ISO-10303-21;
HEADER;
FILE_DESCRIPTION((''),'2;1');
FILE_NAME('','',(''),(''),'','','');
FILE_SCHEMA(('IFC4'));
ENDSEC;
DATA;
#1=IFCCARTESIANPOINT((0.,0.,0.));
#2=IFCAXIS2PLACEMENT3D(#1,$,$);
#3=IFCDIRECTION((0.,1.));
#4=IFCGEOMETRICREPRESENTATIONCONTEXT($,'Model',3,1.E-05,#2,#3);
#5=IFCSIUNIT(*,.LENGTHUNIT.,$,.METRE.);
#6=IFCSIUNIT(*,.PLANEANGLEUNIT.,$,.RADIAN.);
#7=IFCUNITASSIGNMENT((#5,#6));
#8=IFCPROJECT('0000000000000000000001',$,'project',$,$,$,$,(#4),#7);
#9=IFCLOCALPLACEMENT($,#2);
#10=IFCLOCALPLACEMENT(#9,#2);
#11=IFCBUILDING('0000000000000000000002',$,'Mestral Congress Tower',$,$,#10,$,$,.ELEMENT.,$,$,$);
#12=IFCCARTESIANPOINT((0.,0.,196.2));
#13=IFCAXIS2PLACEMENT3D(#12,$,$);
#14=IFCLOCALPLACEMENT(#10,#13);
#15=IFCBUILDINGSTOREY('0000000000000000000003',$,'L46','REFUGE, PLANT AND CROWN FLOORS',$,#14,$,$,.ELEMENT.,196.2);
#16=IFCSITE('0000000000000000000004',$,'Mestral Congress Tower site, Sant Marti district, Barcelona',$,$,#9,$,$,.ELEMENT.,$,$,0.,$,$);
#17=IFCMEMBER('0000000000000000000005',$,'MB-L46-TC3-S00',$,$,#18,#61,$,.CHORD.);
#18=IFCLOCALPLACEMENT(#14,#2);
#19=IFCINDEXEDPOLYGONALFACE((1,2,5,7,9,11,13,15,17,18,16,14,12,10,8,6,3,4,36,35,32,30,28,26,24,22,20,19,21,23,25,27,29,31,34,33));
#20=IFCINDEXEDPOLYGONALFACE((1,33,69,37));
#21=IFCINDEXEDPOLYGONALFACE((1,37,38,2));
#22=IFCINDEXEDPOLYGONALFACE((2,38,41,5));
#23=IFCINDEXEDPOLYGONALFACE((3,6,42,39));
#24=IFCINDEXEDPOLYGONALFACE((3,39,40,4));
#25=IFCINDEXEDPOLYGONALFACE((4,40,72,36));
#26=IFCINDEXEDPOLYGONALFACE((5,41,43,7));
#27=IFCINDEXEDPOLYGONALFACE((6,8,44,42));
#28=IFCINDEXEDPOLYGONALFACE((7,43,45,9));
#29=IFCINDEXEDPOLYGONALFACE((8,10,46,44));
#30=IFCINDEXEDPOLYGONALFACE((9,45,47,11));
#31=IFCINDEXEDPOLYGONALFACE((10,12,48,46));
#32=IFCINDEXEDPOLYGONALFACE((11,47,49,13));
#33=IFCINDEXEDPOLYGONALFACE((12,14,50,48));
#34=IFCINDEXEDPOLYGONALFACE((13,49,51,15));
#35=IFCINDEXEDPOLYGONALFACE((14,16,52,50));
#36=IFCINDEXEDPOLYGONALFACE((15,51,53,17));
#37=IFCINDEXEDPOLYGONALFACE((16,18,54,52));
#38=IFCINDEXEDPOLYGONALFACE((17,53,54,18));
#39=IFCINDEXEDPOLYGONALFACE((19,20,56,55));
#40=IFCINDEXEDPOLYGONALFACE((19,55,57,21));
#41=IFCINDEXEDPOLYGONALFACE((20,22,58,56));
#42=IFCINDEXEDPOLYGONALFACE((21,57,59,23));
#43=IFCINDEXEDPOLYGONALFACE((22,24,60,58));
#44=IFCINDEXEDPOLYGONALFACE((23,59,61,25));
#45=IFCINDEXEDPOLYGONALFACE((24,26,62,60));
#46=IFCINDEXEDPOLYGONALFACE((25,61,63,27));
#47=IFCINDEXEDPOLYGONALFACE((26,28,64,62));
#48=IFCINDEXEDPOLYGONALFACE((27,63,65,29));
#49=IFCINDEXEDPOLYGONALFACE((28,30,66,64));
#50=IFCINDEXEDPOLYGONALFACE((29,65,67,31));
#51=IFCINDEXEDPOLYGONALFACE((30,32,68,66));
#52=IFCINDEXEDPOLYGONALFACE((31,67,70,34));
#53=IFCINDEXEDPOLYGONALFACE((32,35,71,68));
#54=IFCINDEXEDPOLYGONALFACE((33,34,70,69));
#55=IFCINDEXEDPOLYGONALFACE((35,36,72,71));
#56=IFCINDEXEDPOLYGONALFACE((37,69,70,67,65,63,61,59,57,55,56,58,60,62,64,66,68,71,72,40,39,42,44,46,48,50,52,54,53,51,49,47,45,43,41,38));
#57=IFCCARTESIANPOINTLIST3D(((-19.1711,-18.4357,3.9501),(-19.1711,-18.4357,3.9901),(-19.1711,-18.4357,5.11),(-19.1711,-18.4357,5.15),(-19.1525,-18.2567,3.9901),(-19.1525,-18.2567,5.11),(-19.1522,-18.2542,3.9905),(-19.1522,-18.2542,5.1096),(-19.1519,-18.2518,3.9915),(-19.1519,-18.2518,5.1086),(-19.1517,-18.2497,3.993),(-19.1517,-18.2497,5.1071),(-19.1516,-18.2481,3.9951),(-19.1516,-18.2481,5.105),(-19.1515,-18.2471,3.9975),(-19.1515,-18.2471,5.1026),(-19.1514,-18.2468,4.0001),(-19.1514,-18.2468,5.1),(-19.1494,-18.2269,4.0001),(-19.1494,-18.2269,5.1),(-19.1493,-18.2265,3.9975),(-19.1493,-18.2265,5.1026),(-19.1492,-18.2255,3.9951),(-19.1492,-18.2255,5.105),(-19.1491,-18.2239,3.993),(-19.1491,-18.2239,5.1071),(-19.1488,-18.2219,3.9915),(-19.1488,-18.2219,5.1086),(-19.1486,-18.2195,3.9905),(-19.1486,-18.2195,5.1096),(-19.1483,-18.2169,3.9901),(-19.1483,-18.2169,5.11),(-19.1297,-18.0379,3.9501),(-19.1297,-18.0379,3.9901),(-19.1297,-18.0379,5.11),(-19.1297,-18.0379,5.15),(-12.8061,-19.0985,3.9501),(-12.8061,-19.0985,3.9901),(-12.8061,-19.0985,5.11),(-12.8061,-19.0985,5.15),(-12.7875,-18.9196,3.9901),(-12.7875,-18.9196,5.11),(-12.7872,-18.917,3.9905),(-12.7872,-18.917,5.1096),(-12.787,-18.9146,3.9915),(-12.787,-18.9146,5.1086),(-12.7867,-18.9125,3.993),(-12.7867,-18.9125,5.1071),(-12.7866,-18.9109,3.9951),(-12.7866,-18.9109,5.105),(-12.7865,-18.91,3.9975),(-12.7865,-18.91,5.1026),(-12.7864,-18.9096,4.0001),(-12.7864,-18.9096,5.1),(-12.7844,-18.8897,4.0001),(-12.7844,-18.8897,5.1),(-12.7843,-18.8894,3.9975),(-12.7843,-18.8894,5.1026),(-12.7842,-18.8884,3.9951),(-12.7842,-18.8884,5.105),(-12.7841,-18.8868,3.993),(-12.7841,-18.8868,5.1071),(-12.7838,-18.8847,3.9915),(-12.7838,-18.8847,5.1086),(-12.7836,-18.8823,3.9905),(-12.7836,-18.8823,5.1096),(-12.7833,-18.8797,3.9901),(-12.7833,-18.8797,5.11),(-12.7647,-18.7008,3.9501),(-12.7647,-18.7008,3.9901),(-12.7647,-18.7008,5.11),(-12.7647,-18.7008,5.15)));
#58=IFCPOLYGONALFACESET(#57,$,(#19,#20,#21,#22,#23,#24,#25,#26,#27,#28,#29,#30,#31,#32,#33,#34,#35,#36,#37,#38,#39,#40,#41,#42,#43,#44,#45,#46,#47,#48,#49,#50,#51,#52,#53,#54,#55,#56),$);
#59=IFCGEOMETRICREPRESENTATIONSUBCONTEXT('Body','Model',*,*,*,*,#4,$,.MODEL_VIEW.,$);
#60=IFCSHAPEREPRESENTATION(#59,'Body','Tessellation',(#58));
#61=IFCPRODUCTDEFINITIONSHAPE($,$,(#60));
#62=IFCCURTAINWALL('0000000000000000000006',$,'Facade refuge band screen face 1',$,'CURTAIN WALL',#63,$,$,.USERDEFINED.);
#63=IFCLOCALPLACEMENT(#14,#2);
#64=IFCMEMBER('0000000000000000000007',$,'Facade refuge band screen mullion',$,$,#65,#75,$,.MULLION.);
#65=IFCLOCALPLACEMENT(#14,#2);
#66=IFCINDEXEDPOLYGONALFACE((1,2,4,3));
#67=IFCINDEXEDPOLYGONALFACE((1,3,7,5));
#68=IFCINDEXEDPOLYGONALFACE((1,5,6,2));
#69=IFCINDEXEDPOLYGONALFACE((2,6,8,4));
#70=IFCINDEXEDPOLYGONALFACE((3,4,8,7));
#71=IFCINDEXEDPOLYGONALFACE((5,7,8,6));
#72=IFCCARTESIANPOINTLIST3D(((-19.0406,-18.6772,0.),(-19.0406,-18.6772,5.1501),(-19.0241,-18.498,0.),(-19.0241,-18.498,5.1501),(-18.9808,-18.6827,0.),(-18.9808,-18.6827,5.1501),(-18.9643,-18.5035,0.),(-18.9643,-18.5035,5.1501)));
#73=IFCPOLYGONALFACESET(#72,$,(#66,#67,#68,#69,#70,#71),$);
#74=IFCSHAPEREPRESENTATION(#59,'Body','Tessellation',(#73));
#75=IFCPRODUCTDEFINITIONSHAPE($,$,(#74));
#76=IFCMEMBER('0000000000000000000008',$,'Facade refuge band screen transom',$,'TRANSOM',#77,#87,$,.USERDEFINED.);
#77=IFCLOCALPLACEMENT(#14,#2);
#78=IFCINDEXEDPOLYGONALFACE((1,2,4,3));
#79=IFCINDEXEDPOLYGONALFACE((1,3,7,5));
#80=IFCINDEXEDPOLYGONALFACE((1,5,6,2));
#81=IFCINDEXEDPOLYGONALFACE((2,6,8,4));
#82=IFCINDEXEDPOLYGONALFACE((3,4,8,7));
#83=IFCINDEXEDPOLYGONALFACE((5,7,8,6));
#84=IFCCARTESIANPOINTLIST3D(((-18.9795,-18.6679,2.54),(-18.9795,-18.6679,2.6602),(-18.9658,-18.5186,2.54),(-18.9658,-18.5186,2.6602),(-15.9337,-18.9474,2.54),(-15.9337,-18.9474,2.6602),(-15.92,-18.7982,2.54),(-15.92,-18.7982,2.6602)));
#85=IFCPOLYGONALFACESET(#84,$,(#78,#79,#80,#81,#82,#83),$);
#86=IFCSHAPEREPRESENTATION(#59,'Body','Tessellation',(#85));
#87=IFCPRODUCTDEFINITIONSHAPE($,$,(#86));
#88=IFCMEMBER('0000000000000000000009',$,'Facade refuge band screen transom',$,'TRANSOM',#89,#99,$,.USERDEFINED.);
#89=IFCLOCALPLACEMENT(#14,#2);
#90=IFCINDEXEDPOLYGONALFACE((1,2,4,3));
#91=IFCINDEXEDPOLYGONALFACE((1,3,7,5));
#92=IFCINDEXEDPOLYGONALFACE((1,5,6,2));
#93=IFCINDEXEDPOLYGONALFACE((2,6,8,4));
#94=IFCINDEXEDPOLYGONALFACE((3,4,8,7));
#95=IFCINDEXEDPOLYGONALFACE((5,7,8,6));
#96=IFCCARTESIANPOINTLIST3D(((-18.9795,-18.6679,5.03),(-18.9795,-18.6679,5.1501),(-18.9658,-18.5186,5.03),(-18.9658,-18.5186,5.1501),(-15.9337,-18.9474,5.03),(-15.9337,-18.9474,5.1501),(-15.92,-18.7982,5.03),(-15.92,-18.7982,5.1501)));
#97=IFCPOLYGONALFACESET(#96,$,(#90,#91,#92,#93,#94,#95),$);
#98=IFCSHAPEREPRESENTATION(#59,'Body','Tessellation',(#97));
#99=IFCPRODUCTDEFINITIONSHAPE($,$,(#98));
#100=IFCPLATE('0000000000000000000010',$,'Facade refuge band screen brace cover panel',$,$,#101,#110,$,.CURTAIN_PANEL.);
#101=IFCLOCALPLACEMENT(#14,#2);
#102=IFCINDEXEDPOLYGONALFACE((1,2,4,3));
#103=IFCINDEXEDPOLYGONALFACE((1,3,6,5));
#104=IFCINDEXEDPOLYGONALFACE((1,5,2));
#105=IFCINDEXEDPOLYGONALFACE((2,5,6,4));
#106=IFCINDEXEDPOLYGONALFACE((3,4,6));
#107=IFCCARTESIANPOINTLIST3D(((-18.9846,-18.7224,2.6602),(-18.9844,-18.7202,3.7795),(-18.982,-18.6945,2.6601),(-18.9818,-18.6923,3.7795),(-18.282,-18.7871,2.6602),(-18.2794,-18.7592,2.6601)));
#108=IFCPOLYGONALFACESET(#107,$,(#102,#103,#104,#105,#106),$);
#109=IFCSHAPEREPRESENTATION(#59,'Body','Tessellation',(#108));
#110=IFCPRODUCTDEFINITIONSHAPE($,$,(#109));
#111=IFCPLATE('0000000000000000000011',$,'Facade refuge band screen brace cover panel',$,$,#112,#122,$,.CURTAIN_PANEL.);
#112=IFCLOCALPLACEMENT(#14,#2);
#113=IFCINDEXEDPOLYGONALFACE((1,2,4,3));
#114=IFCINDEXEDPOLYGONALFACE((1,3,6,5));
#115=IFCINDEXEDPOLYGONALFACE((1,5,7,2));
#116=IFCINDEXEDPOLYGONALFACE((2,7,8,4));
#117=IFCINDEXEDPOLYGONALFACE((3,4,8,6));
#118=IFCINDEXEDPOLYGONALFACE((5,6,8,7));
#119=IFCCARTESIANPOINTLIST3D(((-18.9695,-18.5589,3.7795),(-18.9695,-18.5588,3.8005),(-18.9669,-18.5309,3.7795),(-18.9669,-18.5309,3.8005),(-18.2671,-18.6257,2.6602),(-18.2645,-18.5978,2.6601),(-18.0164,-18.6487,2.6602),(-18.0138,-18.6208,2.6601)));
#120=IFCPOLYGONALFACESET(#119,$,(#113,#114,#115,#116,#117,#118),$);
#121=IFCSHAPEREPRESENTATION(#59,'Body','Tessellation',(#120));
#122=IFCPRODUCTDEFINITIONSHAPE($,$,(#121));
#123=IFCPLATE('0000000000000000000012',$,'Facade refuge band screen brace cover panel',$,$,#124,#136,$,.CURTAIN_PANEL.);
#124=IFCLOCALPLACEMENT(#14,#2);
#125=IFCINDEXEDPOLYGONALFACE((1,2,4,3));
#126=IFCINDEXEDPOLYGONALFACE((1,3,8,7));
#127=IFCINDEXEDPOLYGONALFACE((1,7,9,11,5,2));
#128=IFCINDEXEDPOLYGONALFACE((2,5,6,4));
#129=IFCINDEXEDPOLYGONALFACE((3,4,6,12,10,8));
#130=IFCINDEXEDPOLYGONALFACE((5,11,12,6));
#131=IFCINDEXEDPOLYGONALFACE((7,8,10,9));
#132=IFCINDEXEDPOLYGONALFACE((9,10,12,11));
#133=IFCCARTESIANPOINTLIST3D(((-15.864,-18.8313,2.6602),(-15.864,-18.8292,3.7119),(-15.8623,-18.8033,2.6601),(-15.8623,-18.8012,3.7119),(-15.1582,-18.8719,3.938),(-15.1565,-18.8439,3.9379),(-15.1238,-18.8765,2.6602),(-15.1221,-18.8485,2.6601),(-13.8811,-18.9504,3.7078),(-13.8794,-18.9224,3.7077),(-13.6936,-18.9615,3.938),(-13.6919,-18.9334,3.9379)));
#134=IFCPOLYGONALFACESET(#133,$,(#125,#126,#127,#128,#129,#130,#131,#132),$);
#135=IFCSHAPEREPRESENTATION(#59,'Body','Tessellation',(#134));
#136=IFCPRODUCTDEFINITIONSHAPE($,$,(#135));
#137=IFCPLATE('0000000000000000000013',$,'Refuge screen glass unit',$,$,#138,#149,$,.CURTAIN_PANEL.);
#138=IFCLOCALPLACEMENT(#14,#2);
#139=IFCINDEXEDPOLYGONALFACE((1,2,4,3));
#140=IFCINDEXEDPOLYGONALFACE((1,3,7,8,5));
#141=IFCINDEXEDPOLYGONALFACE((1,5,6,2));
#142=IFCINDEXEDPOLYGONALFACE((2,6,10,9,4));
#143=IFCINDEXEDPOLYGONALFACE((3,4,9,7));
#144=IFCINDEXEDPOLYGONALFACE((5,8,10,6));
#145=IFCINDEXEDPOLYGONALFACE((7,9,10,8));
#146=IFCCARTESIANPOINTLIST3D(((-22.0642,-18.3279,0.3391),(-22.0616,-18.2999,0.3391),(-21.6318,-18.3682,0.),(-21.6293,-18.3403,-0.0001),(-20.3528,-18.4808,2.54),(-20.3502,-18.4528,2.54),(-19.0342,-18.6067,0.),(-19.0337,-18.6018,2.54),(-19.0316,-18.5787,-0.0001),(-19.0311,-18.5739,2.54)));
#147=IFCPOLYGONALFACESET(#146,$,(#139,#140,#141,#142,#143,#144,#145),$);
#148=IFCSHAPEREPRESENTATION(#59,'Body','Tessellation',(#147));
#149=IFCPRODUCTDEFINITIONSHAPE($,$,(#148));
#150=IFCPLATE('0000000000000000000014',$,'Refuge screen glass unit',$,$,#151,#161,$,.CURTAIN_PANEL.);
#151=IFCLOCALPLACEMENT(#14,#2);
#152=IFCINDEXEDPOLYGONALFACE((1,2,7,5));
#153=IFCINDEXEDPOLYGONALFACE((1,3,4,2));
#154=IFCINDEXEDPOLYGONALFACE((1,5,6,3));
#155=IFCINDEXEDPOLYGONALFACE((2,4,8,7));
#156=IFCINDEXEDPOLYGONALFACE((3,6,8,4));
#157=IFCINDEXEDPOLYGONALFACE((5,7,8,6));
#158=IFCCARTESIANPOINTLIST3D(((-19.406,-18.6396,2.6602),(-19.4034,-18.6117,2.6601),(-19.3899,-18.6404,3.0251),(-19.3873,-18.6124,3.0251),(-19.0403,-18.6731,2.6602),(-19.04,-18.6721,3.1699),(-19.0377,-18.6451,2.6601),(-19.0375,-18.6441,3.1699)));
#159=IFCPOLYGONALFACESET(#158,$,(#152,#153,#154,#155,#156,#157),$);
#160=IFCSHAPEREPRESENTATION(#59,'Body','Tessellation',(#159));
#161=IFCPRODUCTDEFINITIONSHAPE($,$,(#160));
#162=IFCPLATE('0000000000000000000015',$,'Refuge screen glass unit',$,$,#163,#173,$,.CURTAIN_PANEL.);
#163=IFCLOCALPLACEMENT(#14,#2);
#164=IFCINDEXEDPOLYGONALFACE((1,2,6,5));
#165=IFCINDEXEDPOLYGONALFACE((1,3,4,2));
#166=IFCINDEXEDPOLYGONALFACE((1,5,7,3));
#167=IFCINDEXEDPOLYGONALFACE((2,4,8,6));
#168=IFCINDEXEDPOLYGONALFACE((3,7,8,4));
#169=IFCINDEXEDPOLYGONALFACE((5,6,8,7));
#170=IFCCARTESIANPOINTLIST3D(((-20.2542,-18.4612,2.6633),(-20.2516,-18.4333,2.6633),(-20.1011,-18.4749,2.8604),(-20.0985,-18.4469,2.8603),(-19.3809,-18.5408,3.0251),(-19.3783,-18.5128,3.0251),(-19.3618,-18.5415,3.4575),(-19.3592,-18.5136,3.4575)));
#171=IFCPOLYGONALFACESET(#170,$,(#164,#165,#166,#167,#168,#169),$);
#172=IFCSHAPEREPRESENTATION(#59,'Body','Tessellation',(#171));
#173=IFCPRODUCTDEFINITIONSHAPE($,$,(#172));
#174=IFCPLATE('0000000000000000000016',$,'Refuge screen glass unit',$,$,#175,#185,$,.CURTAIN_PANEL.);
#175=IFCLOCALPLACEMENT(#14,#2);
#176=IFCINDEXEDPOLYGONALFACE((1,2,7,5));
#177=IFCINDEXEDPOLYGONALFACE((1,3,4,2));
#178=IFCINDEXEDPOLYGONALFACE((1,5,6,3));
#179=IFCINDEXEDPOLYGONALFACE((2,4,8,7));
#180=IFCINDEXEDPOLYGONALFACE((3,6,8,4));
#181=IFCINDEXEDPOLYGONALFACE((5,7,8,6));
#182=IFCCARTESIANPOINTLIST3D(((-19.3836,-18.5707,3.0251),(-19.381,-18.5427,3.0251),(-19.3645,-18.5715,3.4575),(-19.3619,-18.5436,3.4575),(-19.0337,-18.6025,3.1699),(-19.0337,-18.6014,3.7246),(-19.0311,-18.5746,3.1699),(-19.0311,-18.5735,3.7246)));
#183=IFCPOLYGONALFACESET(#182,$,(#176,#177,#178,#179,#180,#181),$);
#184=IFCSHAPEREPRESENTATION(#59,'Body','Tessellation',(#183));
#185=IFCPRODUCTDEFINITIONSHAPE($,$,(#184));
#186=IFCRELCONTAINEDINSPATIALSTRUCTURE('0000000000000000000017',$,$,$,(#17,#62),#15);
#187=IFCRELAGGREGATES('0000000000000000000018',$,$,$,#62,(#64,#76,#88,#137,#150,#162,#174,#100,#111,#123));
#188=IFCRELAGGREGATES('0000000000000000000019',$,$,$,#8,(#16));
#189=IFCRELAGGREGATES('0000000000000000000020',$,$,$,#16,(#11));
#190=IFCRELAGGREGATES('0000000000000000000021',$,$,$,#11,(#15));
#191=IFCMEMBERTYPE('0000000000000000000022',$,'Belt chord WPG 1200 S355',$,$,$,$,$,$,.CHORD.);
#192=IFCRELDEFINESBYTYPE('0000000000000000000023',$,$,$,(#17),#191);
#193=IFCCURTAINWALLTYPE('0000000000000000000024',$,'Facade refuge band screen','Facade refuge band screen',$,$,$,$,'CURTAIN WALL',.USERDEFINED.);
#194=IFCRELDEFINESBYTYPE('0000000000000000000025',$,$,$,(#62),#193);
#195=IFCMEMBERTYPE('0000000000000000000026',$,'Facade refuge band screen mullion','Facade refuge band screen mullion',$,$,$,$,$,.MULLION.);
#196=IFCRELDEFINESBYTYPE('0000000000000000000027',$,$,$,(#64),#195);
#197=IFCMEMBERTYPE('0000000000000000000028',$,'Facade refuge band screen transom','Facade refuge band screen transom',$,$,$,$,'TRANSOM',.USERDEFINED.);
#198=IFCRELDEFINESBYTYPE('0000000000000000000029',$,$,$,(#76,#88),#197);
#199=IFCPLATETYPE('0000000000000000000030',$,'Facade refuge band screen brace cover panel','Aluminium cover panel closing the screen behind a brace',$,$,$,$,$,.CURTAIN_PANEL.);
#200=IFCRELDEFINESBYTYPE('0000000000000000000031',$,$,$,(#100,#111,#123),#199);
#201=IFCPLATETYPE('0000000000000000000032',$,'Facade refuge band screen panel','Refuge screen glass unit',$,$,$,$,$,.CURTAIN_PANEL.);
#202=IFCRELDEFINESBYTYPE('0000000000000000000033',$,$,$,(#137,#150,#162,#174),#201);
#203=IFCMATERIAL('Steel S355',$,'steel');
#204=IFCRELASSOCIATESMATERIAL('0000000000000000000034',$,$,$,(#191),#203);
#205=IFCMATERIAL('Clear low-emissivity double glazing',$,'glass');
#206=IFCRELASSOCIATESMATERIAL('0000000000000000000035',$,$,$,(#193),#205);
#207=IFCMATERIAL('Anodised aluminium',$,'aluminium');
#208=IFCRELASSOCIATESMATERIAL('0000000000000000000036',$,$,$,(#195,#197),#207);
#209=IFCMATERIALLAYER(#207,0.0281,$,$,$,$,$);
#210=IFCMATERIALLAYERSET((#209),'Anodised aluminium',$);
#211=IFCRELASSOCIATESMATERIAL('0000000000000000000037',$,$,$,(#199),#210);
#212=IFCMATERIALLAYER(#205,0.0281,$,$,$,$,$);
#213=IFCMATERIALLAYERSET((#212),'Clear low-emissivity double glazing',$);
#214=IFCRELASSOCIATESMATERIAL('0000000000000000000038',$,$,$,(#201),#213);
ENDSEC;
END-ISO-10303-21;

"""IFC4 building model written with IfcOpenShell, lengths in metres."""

from ifc_helpers import new_model, si_unit, direction, frame, origin, origin_2d, place, context, subcontext, project, spatial, polyline, rectangle, i_section, outline, extrude, material, layer, layer_set, material_profile, profile_set, type_object, element, aggregate, save


model = new_model("IFC4")

# Units and contexts
model_context = context("Model", 3, precision=1e-05, world=origin(), true_north=direction((0.0, 1.0)))
body_context = subcontext(model_context, "Body", "Model", "MODEL_VIEW")
ifc_project = project(units=[si_unit("LENGTHUNIT", "METRE"), si_unit("PLANEANGLEUNIT", "RADIAN")], contexts=[model_context])

# Site, building, storey
site_placement = place(None, origin())
site = spatial("IfcSite", under=ifc_project, at=site_placement, Name="Mestral Congress Tower site, Sant Marti district, Barcelona", CompositionType="ELEMENT", RefElevation=0.0)
building_placement = place(site_placement, origin())
building = spatial("IfcBuilding", under=site, at=building_placement, Name="Mestral Congress Tower", CompositionType="ELEMENT")
storey_placement = place(building_placement, frame((0.0, 0.0, 196.2)))
storey = spatial("IfcBuildingStorey", under=building, at=storey_placement, Name="L46", Description="REFUGE, PLANT AND CROWN FLOORS", CompositionType="ELEMENT", Elevation=196.2)

# Member
ifc_material_1 = material(Name="Steel S355", Category="steel")
ifc_material_profile_1 = material_profile(ifc_material_1, i_section(OverallWidth=0.3999, OverallDepth=1.2, WebThickness=0.02, FlangeThickness=0.04, FilletRadius=0.01, at=origin_2d()), Name="WPG 1200")
ifc_profile_set_1 = profile_set([ifc_material_profile_1], Name="Steel S355")
member_type_1 = type_object("IfcMemberType", Name="Belt chord WPG 1200 S355", PredefinedType="CHORD", material=ifc_profile_set_1)
member_1_placement = place(storey_placement, frame((-19.1504, -18.2368, 4.55), z_axis=(0.994621, -0.103579, 0.0), x_axis=(0.103579, 0.994621, 0.0)))
element("IfcMember", 1, at=member_1_placement, inside=storey, type_object=member_type_1, Name="MB-L46-TC3-S00", PredefinedType="CHORD", context=body_context, shape_type="SweptSolid", body=[
    extrude(i_section(OverallWidth=0.3999, OverallDepth=1.2, WebThickness=0.02, FlangeThickness=0.04, FilletRadius=0.01, at=origin_2d()), origin(), (0.0, 0.0, 1.0), 6.3994),
])

# Curtain wall, members, plates
ifc_material_2 = material(Name="Clear low-emissivity double glazing", Category="glass")
curtain_wall_type = type_object("IfcCurtainWallType", Name="Facade refuge band screen", Description="Facade refuge band screen", ElementType="CURTAIN WALL", PredefinedType="USERDEFINED", material=ifc_material_2)
placement = place(storey_placement, origin())
curtain_wall = element("IfcCurtainWall", 2, at=placement, inside=storey, type_object=curtain_wall_type, Name="Facade refuge band screen face 1", ObjectType="CURTAIN WALL", PredefinedType="USERDEFINED")
ifc_material_3 = material(Name="Anodised aluminium", Category="aluminium")
ifc_material_profile_2 = material_profile(ifc_material_3, rectangle(XDim=0.1799, YDim=0.0601, at=origin_2d()), Name="CW3 mullion 180 x 60")
ifc_profile_set_2 = profile_set([ifc_material_profile_2], Name="Anodised aluminium")
member_type_2 = type_object("IfcMemberType", Name="Facade refuge band screen mullion", Description="Facade refuge band screen mullion", PredefinedType="MULLION", material=ifc_profile_set_2)
member_2_placement = place(storey_placement, frame((-19.0024, -18.5903, 0.0), z_axis=(0.0, 0.0, 1.0), x_axis=(-0.091446, -0.99581, 0.0)))
member_2 = element("IfcMember", 3, at=member_2_placement, type_object=member_type_2, Name="Facade refuge band screen mullion", PredefinedType="MULLION", context=body_context, shape_type="SweptSolid", body=[
    extrude(rectangle(XDim=0.1799, YDim=0.0601, at=origin_2d()), origin(), (0.0, 0.0, 1.0), 5.1501),
])
ifc_material_profile_3 = material_profile(ifc_material_3, rectangle(XDim=0.1499, YDim=0.1201, at=origin_2d()), Name="CW3 transom 150 x 120")
ifc_profile_set_3 = profile_set([ifc_material_profile_3], Name="Anodised aluminium")
member_type_3 = type_object("IfcMemberType", Name="Facade refuge band screen transom", Description="Facade refuge band screen transom", ElementType="TRANSOM", PredefinedType="USERDEFINED", material=ifc_profile_set_3)
member_3_placement = place(storey_placement, frame((-18.9727, -18.5933, 2.6001), z_axis=(0.995815, -0.091392, 0.0), x_axis=(0.091392, 0.995815, 0.0)))
member_3 = element("IfcMember", 4, at=member_3_placement, type_object=member_type_3, Name="Facade refuge band screen transom", ObjectType="TRANSOM", PredefinedType="USERDEFINED", context=body_context, shape_type="SweptSolid", body=[
    extrude(rectangle(XDim=0.1499, YDim=0.1201, at=origin_2d()), origin(), (0.0, 0.0, 1.0), 3.0586),
])
member_4_placement = place(storey_placement, frame((-18.9727, -18.5933, 5.0901), z_axis=(0.995815, -0.091392, 0.0), x_axis=(0.091392, 0.995815, 0.0)))
member_4 = element("IfcMember", 5, at=member_4_placement, type_object=member_type_3, Name="Facade refuge band screen transom", ObjectType="TRANSOM", PredefinedType="USERDEFINED", context=body_context, shape_type="SweptSolid", body=[
    extrude(rectangle(XDim=0.1499, YDim=0.1201, at=origin_2d()), origin(), (0.0, 0.0, 1.0), 3.0586),
])
ifc_layer_1 = layer(ifc_material_3, 0.0281)
ifc_layer_set_1 = layer_set([ifc_layer_1], Name="Anodised aluminium")
plate_type_1 = type_object("IfcPlateType", Name="Facade refuge band screen brace cover panel", Description="Aluminium cover panel closing the screen behind a brace", PredefinedType="CURTAIN_PANEL", material=ifc_layer_set_1)
plate_1_placement = place(storey_placement, frame((-18.9846, -18.7224, 2.6602), z_axis=(-0.09169, -0.995786, 0.001975), x_axis=(0.000218, 0.001963, 0.999998)))
plate_1 = element("IfcPlate", 6, at=plate_1_placement, type_object=plate_type_1, Name="Facade refuge band screen brace cover panel", PredefinedType="CURTAIN_PANEL", context=body_context, shape_type="SweptSolid", body=[
    extrude(outline(polyline([(0.0, 0.0), (1.1194, 0.0), (0.0, -0.7056), (0.0, 0.0)])), origin(), (0.0, 0.0, -1.0), 0.0281),
])
plate_2_placement = place(storey_placement, frame((-18.2671, -18.6257, 2.6602), z_axis=(-0.091327, -0.995819, 0.002164), x_axis=(-0.530833, 0.050521, 0.845969)))
plate_2 = element("IfcPlate", 7, at=plate_2_placement, type_object=plate_type_1, Name="Facade refuge band screen brace cover panel", PredefinedType="CURTAIN_PANEL", context=body_context, shape_type="SweptSolid", body=[
    extrude(outline(polyline([(0.0, 0.0), (1.3232, 0.0), (1.341, -0.0112), (-0.1343, -0.213), (0.0, 0.0)])), origin(), (0.0, 0.0, -1.0), 0.0281),
])
plate_3_placement = place(storey_placement, frame((-15.864, -18.8313, 2.6602), z_axis=(-0.061006, -0.998136, 0.001953), x_axis=(0.000006, 0.001956, 0.999998)))
plate_3 = element("IfcPlate", 8, at=plate_3_placement, type_object=plate_type_1, Name="Facade refuge band screen brace cover panel", PredefinedType="CURTAIN_PANEL", context=body_context, shape_type="SweptSolid", body=[
    extrude(outline(polyline([(0.0, 0.0), (1.0518, 0.0), (1.2778, -0.7071), (1.2776, -2.1745), (1.0474, -1.9866), (-0.0001, -0.7416), (0.0, 0.0)])), origin(), (0.0, 0.0, -1.0), 0.0281),
])
ifc_layer_2 = layer(ifc_material_2, 0.0281)
ifc_layer_set_2 = layer_set([ifc_layer_2], Name="Clear low-emissivity double glazing")
plate_type_2 = type_object("IfcPlateType", Name="Facade refuge band screen panel", Description="Refuge screen glass unit", PredefinedType="CURTAIN_PANEL", material=ifc_layer_set_2)
plate_4_placement = place(storey_placement, frame((-19.0342, -18.6067, 0.0), z_axis=(-0.091416, -0.995811, 0.001916), x_axis=(-0.995813, 0.091416, 0.0)))
plate_4 = element("IfcPlate", 9, at=plate_4_placement, type_object=plate_type_2, Name="Refuge screen glass unit", PredefinedType="CURTAIN_PANEL", context=body_context, shape_type="SweptSolid", body=[
    extrude(outline(polyline([(0.0, 0.0), (2.6086, 0.0), (3.0428, -0.3391), (1.3246, -2.54), (0.0, -2.54), (0.0, 0.0)])), origin(), (0.0, 0.0, -1.0), 0.0281),
])
plate_5_placement = place(storey_placement, frame((-19.0403, -18.6731, 2.6602), z_axis=(-0.091117, -0.995838, 0.001982), x_axis=(-0.99584, 0.091117, 0.0)))
plate_5 = element("IfcPlate", 10, at=plate_5_placement, type_object=plate_type_2, Name="Refuge screen glass unit", PredefinedType="CURTAIN_PANEL", context=body_context, shape_type="SweptSolid", body=[
    extrude(outline(polyline([(0.0, 0.0), (0.3672, 0.0), (0.3511, -0.365), (-0.0002, -0.5098), (0.0, 0.0)])), origin(), (0.0, 0.0, -1.0), 0.0281),
])
plate_6_placement = place(storey_placement, frame((-20.1011, -18.4749, 2.8604), z_axis=(-0.091661, -0.995788, 0.002277), x_axis=(0.775993, -0.069996, 0.626845)))
plate_6 = element("IfcPlate", 11, at=plate_6_placement, type_object=plate_type_2, Name="Refuge screen glass unit", PredefinedType="CURTAIN_PANEL", context=body_context, shape_type="SweptSolid", body=[
    extrude(outline(polyline([(0.0, 0.0), (0.9527, 0.0), (0.6668, -0.325), (-0.2432, -0.0572), (0.0, 0.0)])), origin(), (0.0, 0.0, -1.0), 0.0281),
])
plate_7_placement = place(storey_placement, frame((-19.0337, -18.6025, 3.1699), z_axis=(-0.091583, -0.995795, 0.002013), x_axis=(-0.920754, 0.083911, -0.381013)))
plate_7 = element("IfcPlate", 12, at=plate_7_placement, type_object=plate_type_2, Name="Refuge screen glass unit", PredefinedType="CURTAIN_PANEL", context=body_context, shape_type="SweptSolid", body=[
    extrude(outline(polyline([(0.0, 0.0), (0.38, 0.0), (0.1976, -0.3925), (-0.2112, -0.5129), (0.0, 0.0)])), origin(), (0.0, 0.0, -1.0), 0.0281),
])

aggregate(curtain_wall, [member_2, member_3, member_4, plate_4, plate_5, plate_6, plate_7, plate_1, plate_2, plate_3])

save(model, "model.ifc")
